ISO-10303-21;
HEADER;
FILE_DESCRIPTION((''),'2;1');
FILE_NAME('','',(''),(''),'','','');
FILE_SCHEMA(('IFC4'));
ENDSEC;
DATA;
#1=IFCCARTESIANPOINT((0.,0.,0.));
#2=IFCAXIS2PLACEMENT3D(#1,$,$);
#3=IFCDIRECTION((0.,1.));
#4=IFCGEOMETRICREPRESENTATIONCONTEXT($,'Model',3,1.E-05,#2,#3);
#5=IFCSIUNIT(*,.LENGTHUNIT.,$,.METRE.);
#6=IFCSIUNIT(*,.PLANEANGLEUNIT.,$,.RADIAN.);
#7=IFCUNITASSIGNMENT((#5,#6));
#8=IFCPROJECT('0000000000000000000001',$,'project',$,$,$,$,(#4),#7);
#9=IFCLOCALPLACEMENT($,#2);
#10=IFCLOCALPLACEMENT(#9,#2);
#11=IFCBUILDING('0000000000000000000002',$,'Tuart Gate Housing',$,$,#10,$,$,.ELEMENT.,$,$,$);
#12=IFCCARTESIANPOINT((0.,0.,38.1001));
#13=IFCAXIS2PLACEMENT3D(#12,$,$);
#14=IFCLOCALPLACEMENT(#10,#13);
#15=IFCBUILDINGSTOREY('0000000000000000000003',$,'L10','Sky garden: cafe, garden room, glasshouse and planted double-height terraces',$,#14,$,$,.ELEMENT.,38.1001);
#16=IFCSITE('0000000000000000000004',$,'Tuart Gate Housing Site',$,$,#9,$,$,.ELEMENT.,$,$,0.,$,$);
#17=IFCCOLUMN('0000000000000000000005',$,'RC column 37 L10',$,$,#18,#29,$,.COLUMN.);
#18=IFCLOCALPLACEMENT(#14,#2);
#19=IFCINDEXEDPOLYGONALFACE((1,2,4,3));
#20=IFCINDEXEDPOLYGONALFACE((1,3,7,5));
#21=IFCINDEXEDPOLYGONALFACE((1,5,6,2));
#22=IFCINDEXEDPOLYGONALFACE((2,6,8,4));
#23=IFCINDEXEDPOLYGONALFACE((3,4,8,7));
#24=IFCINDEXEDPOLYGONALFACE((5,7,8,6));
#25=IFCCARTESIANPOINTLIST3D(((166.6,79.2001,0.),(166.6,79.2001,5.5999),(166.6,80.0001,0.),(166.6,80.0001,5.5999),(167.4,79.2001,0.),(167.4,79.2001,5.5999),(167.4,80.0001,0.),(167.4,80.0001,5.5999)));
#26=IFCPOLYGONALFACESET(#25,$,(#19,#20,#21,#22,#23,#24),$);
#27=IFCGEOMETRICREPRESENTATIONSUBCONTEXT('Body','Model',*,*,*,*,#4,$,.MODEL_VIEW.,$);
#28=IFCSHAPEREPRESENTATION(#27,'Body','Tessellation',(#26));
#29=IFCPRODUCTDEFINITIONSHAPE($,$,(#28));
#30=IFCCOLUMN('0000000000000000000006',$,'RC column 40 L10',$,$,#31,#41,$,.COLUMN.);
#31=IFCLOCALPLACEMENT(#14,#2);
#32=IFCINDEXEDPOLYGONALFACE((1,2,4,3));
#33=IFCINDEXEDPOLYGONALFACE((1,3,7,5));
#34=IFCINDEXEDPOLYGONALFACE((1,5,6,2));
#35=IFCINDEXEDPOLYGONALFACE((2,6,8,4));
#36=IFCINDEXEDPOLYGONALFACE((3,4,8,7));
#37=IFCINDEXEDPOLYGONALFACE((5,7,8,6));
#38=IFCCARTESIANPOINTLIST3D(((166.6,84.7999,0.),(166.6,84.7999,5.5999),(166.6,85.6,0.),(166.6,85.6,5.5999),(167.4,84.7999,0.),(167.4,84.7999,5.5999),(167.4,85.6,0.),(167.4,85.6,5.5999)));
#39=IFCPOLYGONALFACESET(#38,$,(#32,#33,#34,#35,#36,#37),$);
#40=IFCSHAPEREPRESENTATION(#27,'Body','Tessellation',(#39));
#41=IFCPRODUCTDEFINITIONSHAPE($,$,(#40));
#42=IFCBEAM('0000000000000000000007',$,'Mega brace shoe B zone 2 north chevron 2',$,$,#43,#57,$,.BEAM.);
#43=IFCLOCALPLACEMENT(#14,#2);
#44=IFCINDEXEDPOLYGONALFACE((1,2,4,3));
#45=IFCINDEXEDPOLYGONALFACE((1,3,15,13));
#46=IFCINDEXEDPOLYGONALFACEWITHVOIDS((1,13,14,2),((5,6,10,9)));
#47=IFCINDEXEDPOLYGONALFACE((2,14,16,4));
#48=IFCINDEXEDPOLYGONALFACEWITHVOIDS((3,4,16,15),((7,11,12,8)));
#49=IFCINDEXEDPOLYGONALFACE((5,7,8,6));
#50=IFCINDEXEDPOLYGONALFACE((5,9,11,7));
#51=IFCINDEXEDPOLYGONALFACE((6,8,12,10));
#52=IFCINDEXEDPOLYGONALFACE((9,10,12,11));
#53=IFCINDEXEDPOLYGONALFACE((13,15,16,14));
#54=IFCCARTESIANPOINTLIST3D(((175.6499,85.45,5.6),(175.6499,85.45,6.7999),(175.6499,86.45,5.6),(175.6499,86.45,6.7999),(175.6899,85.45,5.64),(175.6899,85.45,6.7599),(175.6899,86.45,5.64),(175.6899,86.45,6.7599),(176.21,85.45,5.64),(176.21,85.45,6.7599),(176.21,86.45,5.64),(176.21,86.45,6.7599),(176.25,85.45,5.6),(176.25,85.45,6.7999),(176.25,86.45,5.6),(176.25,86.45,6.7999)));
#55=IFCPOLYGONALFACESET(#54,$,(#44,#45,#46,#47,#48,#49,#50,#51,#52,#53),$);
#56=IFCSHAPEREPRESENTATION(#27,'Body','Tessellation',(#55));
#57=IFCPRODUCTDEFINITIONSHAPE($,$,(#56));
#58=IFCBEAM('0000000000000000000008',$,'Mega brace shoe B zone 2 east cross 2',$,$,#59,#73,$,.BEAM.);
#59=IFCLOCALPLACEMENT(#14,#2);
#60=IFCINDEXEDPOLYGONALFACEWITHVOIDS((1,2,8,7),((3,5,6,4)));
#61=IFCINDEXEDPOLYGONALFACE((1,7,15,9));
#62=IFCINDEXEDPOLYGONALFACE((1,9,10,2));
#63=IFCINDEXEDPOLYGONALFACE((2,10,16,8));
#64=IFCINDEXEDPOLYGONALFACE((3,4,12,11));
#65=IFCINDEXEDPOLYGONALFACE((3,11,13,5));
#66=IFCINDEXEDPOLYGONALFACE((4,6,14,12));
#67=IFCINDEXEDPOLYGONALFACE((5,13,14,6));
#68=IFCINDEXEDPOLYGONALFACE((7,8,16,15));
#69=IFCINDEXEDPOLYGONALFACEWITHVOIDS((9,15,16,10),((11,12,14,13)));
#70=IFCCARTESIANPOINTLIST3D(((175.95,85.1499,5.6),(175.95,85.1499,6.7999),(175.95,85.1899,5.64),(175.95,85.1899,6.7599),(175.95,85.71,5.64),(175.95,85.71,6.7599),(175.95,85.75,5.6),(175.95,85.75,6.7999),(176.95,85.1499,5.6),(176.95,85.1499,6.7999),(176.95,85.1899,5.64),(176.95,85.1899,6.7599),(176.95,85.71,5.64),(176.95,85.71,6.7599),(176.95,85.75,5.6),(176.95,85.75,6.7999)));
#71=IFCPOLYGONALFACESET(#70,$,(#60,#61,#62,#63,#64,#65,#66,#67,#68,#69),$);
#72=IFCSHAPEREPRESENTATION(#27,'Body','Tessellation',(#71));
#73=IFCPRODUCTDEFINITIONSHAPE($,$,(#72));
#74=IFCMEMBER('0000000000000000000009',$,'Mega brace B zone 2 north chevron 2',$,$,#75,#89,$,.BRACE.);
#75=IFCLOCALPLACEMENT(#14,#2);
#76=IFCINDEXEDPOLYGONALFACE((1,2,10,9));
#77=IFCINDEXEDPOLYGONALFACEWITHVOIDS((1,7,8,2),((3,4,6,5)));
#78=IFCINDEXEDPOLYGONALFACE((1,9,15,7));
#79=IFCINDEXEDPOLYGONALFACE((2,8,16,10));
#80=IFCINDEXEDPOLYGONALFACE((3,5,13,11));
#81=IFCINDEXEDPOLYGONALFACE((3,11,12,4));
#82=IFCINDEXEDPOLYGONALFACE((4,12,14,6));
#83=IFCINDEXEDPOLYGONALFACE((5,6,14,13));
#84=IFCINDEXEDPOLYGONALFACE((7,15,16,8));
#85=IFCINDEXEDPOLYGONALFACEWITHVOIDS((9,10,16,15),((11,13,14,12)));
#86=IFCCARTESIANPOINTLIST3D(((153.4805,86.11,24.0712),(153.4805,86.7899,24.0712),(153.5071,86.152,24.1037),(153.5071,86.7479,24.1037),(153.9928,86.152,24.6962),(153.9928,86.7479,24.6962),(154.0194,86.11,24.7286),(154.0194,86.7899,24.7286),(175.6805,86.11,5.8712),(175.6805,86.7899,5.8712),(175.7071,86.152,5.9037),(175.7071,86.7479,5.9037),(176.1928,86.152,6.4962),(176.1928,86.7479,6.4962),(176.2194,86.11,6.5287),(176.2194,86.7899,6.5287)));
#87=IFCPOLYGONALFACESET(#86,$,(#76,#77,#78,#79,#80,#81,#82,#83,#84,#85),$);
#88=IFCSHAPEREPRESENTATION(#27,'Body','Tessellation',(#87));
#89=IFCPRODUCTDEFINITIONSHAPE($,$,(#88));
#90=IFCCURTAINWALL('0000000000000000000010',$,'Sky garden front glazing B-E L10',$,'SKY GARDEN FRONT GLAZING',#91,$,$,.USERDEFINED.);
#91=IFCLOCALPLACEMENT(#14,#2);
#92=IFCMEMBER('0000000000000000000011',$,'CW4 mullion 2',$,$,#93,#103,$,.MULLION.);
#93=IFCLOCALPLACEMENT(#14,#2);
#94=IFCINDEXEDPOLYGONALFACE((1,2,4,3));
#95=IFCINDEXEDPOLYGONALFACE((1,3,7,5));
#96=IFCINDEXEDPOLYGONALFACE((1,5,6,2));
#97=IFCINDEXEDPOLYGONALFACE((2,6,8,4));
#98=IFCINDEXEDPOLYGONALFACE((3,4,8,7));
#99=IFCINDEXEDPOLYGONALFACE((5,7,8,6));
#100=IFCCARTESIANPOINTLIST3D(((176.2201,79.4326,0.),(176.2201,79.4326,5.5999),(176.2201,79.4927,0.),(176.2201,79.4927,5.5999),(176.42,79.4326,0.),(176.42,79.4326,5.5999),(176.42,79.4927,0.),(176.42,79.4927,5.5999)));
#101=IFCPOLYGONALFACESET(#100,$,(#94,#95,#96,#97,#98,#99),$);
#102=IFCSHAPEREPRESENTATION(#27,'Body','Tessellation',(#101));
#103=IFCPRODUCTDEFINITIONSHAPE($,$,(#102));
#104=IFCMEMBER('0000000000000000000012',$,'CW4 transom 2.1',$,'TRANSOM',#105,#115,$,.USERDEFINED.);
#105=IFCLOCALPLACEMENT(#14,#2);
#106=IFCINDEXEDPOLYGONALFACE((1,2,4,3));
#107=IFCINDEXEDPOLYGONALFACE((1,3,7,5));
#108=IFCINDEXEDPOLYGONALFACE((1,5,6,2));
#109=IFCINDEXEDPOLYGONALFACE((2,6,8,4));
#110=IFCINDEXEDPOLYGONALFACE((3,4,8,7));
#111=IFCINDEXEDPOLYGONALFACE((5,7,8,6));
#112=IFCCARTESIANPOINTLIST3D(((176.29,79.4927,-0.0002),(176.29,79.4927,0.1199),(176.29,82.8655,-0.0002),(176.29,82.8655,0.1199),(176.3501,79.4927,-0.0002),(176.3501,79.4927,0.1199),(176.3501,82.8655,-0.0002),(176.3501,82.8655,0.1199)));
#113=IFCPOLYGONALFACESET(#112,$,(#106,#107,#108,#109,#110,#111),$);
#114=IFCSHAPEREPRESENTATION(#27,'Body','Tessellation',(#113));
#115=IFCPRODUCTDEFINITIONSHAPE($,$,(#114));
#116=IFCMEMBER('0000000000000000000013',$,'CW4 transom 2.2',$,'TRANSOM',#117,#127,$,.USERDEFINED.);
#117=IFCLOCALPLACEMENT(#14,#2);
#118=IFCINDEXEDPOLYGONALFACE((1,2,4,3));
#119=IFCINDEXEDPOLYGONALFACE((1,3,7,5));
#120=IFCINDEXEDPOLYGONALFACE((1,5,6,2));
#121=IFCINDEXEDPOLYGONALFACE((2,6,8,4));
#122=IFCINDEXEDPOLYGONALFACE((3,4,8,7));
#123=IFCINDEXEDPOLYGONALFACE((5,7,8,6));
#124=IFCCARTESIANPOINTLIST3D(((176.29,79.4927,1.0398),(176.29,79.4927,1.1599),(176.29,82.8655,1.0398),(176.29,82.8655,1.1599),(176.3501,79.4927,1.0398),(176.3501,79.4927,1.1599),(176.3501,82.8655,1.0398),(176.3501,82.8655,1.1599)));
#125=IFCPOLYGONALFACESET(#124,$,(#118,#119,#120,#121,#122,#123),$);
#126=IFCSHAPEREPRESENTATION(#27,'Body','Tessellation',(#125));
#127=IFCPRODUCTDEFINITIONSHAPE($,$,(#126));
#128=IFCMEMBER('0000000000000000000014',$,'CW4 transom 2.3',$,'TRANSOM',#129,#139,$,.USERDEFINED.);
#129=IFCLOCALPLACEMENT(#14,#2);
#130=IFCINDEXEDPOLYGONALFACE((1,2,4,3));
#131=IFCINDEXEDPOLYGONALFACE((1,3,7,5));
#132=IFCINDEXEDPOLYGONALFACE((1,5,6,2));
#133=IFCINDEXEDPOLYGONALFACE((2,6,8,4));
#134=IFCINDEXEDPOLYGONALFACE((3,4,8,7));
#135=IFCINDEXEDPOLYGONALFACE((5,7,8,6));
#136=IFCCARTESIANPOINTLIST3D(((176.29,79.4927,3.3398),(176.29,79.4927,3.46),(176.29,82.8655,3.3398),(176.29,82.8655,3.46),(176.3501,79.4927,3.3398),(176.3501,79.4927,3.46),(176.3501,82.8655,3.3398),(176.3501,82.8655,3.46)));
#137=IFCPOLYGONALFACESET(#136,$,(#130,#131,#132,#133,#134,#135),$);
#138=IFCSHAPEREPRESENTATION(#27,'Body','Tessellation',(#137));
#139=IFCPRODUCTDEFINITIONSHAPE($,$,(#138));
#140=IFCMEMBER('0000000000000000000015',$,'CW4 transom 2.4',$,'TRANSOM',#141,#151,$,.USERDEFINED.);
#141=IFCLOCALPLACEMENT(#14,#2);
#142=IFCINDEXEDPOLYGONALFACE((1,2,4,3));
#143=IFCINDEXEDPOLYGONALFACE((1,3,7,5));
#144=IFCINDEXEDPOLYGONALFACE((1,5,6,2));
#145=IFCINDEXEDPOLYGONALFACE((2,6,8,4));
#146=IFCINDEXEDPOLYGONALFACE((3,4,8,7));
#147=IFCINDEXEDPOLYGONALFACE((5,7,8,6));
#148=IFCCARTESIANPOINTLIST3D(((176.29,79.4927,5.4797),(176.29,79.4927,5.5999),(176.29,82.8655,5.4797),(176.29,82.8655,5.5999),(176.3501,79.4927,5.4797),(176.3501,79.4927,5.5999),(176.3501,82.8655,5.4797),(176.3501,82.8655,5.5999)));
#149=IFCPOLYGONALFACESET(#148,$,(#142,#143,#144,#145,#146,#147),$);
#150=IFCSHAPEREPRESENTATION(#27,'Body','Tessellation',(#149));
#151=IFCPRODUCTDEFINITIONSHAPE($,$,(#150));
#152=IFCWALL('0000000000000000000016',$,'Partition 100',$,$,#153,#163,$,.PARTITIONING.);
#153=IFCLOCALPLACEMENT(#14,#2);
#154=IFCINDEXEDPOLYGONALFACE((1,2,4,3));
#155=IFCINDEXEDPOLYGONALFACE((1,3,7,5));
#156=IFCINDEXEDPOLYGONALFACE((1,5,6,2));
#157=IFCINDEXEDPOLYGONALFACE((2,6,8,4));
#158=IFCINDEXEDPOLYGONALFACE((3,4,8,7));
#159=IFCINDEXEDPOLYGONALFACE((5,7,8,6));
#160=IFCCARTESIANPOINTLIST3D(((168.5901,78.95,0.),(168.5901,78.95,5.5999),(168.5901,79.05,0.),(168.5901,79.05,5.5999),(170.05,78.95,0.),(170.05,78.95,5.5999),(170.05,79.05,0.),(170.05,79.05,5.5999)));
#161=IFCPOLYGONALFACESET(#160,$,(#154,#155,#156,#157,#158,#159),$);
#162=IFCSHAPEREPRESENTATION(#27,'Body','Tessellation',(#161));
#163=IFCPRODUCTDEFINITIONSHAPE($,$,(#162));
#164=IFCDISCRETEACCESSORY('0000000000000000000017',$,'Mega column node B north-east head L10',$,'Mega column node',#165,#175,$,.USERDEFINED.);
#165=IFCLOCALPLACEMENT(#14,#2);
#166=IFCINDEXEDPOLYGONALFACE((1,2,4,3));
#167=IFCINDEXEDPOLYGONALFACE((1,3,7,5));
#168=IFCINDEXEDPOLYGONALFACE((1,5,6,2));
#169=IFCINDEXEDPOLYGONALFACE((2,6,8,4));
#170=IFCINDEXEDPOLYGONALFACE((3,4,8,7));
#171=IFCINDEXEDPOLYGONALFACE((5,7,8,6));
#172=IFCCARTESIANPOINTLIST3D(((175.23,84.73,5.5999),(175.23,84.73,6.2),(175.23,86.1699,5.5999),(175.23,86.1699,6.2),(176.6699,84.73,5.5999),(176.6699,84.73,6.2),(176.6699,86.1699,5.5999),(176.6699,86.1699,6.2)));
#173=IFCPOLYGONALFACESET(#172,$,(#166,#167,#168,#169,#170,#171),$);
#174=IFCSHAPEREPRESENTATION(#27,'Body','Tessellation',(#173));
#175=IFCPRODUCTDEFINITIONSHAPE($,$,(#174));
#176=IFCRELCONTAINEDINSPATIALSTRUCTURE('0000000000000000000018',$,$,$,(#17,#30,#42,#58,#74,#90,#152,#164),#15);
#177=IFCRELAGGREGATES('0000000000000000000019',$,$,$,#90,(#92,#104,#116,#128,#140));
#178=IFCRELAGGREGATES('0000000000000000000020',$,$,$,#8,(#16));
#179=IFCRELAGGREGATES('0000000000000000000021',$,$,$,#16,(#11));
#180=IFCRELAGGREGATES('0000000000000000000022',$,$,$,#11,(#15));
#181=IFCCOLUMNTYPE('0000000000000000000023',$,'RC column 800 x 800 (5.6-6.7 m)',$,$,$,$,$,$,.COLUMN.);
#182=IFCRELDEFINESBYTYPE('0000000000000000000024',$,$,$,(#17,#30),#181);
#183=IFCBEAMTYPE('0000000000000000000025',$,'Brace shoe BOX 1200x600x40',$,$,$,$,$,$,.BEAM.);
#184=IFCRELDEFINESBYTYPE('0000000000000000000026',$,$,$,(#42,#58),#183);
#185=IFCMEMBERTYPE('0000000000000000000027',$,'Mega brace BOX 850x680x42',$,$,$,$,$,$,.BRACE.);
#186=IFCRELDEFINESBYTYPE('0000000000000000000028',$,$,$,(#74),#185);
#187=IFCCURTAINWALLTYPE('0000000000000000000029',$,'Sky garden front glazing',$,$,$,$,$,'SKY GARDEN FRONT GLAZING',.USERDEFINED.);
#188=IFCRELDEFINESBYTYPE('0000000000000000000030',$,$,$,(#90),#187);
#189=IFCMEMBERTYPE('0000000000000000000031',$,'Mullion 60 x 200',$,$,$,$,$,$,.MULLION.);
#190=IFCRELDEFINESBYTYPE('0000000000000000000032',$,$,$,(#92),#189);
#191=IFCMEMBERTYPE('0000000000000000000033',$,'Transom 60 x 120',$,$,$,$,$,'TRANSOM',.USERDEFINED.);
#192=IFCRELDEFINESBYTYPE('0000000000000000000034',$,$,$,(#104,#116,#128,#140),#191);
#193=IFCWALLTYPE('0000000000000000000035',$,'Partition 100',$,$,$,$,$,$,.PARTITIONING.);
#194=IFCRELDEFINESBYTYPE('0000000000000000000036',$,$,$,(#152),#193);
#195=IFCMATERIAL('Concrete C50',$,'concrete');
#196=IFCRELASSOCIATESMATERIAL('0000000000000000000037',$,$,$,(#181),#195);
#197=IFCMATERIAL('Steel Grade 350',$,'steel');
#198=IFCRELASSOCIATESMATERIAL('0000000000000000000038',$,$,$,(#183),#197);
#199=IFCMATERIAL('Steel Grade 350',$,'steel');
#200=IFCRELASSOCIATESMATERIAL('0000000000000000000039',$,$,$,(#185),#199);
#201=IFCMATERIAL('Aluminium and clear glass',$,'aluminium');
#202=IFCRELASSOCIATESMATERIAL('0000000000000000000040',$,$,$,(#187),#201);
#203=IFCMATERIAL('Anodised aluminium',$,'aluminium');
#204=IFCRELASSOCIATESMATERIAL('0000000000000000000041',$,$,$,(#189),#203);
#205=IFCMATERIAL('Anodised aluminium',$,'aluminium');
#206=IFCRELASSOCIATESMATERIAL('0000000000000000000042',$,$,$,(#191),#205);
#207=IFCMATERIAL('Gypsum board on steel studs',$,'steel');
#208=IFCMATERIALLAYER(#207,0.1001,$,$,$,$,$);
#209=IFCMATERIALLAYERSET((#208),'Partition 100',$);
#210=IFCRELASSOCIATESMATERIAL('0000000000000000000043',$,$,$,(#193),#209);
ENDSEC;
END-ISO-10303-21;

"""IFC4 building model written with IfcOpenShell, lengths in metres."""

from ifc_helpers import new_model, si_unit, direction, frame, frame_2d, origin, origin_2d, place, context, subcontext, project, spatial, rectangle, hollow_rectangle, extrude, material, layer, layer_set, material_profile, profile_set, type_object, element, aggregate, save


model = new_model("IFC4")

# Units and contexts
model_context = context("Model", 3, precision=1e-05, world=origin(), true_north=direction((0.0, 1.0)))
body_context = subcontext(model_context, "Body", "Model", "MODEL_VIEW")
ifc_project = project(units=[si_unit("LENGTHUNIT", "METRE"), si_unit("PLANEANGLEUNIT", "RADIAN")], contexts=[model_context])

# Site, building, storey
site_placement = place(None, origin())
site = spatial("IfcSite", under=ifc_project, at=site_placement, Name="Tuart Gate Housing Site", CompositionType="ELEMENT", RefElevation=0.0)
building_placement = place(site_placement, origin())
building = spatial("IfcBuilding", under=site, at=building_placement, Name="Tuart Gate Housing", CompositionType="ELEMENT")
storey_placement = place(building_placement, frame((0.0, 0.0, 38.1001)))
storey = spatial("IfcBuildingStorey", under=building, at=storey_placement, Name="L10", Description="Sky garden: cafe, garden room, glasshouse and planted double-height terraces", CompositionType="ELEMENT", Elevation=38.1001)

# Columns
ifc_material_1 = material(Name="Concrete C50", Category="concrete")
ifc_material_profile_1 = material_profile(ifc_material_1, rectangle(XDim=0.8, YDim=0.8, at=origin_2d()), Name="RC column 800 x 800 (5.6-6.7 m)")
ifc_profile_set_1 = profile_set([ifc_material_profile_1], Name="Concrete C50")
column_type = type_object("IfcColumnType", Name="RC column 800 x 800 (5.6-6.7 m)", PredefinedType="COLUMN", material=ifc_profile_set_1)
for number, where, z_axis, x_axis, name in (
    (1, (167.0, 79.6001, 0.0), (0.0, 0.0, 1.0), (1.0, 0.0, 0.0), "RC column 37 L10"),
    (2, (167.0, 85.2, 0.0), (0.0, 0.0, 1.0), (1.0, 0.0, 0.0), "RC column 40 L10"),
):
    element("IfcColumn", number, at=place(storey_placement, frame(where, z_axis=z_axis, x_axis=x_axis)), inside=storey, type_object=column_type, Name=name, PredefinedType="COLUMN", context=body_context, shape_type="SweptSolid", body=[
        extrude(rectangle(XDim=0.8, YDim=0.8, at=origin_2d()), origin(), (0.0, 0.0, 1.0), 5.5999),
    ])

# Beams
ifc_material_2 = material(Name="Steel Grade 350", Category="steel")
ifc_material_profile_2 = material_profile(ifc_material_2, hollow_rectangle(XDim=0.6001, YDim=1.2, WallThickness=0.04, at=origin_2d()), Name="BOX 1200x600x40")
ifc_profile_set_2 = profile_set([ifc_material_profile_2], Name="Steel Grade 350")
beam_type = type_object("IfcBeamType", Name="Brace shoe BOX 1200x600x40", PredefinedType="BEAM", material=ifc_profile_set_2)
for number, where, z_axis, x_axis, name in (
    (3, (175.95, 85.45, 6.2), (0.0, 1.0, 0.0), (-1.0, 0.0, 0.0), "Mega brace shoe B zone 2 north chevron 2"),
    (4, (175.95, 85.45, 6.2), (1.0, 0.0, 0.0), (0.0, 1.0, 0.0), "Mega brace shoe B zone 2 east cross 2"),
):
    element("IfcBeam", number, at=place(storey_placement, frame(where, z_axis=z_axis, x_axis=x_axis)), inside=storey, type_object=beam_type, Name=name, PredefinedType="BEAM", context=body_context, shape_type="SweptSolid", body=[
        extrude(hollow_rectangle(XDim=0.6001, YDim=1.2, WallThickness=0.04, at=origin_2d()), origin(), (0.0, 0.0, 1.0), 1.0),
    ])

# Member
ifc_material_3 = material(Name="Steel Grade 350", Category="steel")
ifc_material_profile_3 = material_profile(ifc_material_3, hollow_rectangle(XDim=0.6799, YDim=0.8501, WallThickness=0.042, at=origin_2d()), Name="BOX 850x680x42")
ifc_profile_set_3 = profile_set([ifc_material_profile_3], Name="Steel Grade 350")
member_type_1 = type_object("IfcMemberType", Name="Mega brace BOX 850x680x42", PredefinedType="BRACE", material=ifc_profile_set_3)
member_1_placement = place(storey_placement, frame((175.95, 86.45, 6.2), z_axis=(-0.773336, 0.0, 0.633996), x_axis=(0.0, -1.0, 0.0)))
element("IfcMember", 5, at=member_1_placement, inside=storey, type_object=member_type_1, Name="Mega brace B zone 2 north chevron 2", PredefinedType="BRACE", context=body_context, shape_type="SweptSolid", body=[
    extrude(hollow_rectangle(XDim=0.6799, YDim=0.8501, WallThickness=0.042, at=origin_2d()), origin(), (0.0, 0.0, 1.0), 28.7068),
])

# Curtain wall, members
ifc_material_4 = material(Name="Aluminium and clear glass", Category="aluminium")
curtain_wall_type = type_object("IfcCurtainWallType", Name="Sky garden front glazing", ElementType="SKY GARDEN FRONT GLAZING", PredefinedType="USERDEFINED", material=ifc_material_4)
curtain_wall_placement = place(storey_placement, origin())
curtain_wall = element("IfcCurtainWall", 6, at=curtain_wall_placement, inside=storey, type_object=curtain_wall_type, Name="Sky garden front glazing B-E L10", ObjectType="SKY GARDEN FRONT GLAZING", PredefinedType="USERDEFINED")
ifc_material_5 = material(Name="Anodised aluminium", Category="aluminium")
ifc_material_profile_4 = material_profile(ifc_material_5, rectangle(XDim=0.0601, YDim=0.2, at=origin_2d()), Name="60x200")
ifc_profile_set_4 = profile_set([ifc_material_profile_4], Name="Anodised aluminium")
member_type_2 = type_object("IfcMemberType", Name="Mullion 60 x 200", PredefinedType="MULLION", material=ifc_profile_set_4)
member_2_placement = place(storey_placement, frame((176.3201, 79.4626, 0.0), z_axis=(0.0, 0.0, 1.0), x_axis=(0.0, 1.0, 0.0)))
member_2 = element("IfcMember", 7, at=member_2_placement, type_object=member_type_2, Name="CW4 mullion 2", PredefinedType="MULLION", context=body_context, shape_type="SweptSolid", body=[
    extrude(rectangle(XDim=0.0601, YDim=0.2, at=origin_2d()), origin(), (0.0, 0.0, 1.0), 5.5999),
])
ifc_material_6 = material(Name="Anodised aluminium", Category="aluminium")
ifc_material_profile_5 = material_profile(ifc_material_6, rectangle(XDim=0.0601, YDim=0.1201, at=origin_2d()), Name="60x120")
ifc_profile_set_5 = profile_set([ifc_material_profile_5], Name="Anodised aluminium")
member_type_3 = type_object("IfcMemberType", Name="Transom 60 x 120", ElementType="TRANSOM", PredefinedType="USERDEFINED", material=ifc_profile_set_5)
member_3_placement = place(storey_placement, frame((176.3201, 79.4927, 0.0598), z_axis=(0.0, 1.0, 0.0), x_axis=(-1.0, 0.0, 0.0)))
member_3 = element("IfcMember", 8, at=member_3_placement, type_object=member_type_3, Name="CW4 transom 2.1", ObjectType="TRANSOM", PredefinedType="USERDEFINED", context=body_context, shape_type="SweptSolid", body=[
    extrude(rectangle(XDim=0.0601, YDim=0.1201, at=origin_2d()), origin(), (0.0, 0.0, 1.0), 3.3728),
])
member_4_placement = place(storey_placement, frame((176.3201, 79.4927, 1.0999), z_axis=(0.0, 1.0, 0.0), x_axis=(-1.0, 0.0, 0.0)))
member_4 = element("IfcMember", 9, at=member_4_placement, type_object=member_type_3, Name="CW4 transom 2.2", ObjectType="TRANSOM", PredefinedType="USERDEFINED", context=body_context, shape_type="SweptSolid", body=[
    extrude(rectangle(XDim=0.0601, YDim=0.1201, at=origin_2d()), origin(), (0.0, 0.0, 1.0), 3.3728),
])
member_5_placement = place(storey_placement, frame((176.3201, 79.4927, 3.3999), z_axis=(0.0, 1.0, 0.0), x_axis=(-1.0, 0.0, 0.0)))
member_5 = element("IfcMember", 10, at=member_5_placement, type_object=member_type_3, Name="CW4 transom 2.3", ObjectType="TRANSOM", PredefinedType="USERDEFINED", context=body_context, shape_type="SweptSolid", body=[
    extrude(rectangle(XDim=0.0601, YDim=0.1201, at=origin_2d()), origin(), (0.0, 0.0, 1.0), 3.3728),
])
member_6_placement = place(storey_placement, frame((176.3201, 79.4927, 5.5398), z_axis=(0.0, 1.0, 0.0), x_axis=(-1.0, 0.0, 0.0)))
member_6 = element("IfcMember", 11, at=member_6_placement, type_object=member_type_3, Name="CW4 transom 2.4", ObjectType="TRANSOM", PredefinedType="USERDEFINED", context=body_context, shape_type="SweptSolid", body=[
    extrude(rectangle(XDim=0.0601, YDim=0.1201, at=origin_2d()), origin(), (0.0, 0.0, 1.0), 3.3728),
])
aggregate(curtain_wall, [member_2, member_3, member_4, member_5, member_6])

# Wall
ifc_material_7 = material(Name="Gypsum board on steel studs", Category="steel")
ifc_layer_1 = layer(ifc_material_7, 0.1001)
ifc_layer_set_1 = layer_set([ifc_layer_1], Name="Partition 100")
wall_type_1 = type_object("IfcWallType", Name="Partition 100", PredefinedType="PARTITIONING", material=ifc_layer_set_1)
wall_1_placement = place(storey_placement, frame((168.5901, 79.0, 0.0), z_axis=(0.0, 0.0, 1.0), x_axis=(1.0, 0.0, 0.0)))
element("IfcWall", 12, at=wall_1_placement, inside=storey, type_object=wall_type_1, Name="Partition 100", PredefinedType="PARTITIONING", context=body_context, shape_type="SweptSolid", body=[
    extrude(rectangle(XDim=1.46, YDim=0.1001, at=frame_2d((0.73, 0.0))), origin(), (0.0, 0.0, 1.0), 5.5999),
])

# Discrete accessory
discrete_accessory_placement = place(storey_placement, frame((175.95, 85.45, 5.5999), z_axis=(0.0, 0.0, 1.0), x_axis=(1.0, 0.0, 0.0)))
element("IfcDiscreteAccessory", 13, at=discrete_accessory_placement, inside=storey, Name="Mega column node B north-east head L10", ObjectType="Mega column node", PredefinedType="USERDEFINED", context=body_context, shape_type="SweptSolid", body=[
    extrude(rectangle(XDim=1.4399, YDim=1.4399, at=origin_2d()), origin(), (0.0, 0.0, 1.0), 0.6001),
])

save(model, "model.ifc")
